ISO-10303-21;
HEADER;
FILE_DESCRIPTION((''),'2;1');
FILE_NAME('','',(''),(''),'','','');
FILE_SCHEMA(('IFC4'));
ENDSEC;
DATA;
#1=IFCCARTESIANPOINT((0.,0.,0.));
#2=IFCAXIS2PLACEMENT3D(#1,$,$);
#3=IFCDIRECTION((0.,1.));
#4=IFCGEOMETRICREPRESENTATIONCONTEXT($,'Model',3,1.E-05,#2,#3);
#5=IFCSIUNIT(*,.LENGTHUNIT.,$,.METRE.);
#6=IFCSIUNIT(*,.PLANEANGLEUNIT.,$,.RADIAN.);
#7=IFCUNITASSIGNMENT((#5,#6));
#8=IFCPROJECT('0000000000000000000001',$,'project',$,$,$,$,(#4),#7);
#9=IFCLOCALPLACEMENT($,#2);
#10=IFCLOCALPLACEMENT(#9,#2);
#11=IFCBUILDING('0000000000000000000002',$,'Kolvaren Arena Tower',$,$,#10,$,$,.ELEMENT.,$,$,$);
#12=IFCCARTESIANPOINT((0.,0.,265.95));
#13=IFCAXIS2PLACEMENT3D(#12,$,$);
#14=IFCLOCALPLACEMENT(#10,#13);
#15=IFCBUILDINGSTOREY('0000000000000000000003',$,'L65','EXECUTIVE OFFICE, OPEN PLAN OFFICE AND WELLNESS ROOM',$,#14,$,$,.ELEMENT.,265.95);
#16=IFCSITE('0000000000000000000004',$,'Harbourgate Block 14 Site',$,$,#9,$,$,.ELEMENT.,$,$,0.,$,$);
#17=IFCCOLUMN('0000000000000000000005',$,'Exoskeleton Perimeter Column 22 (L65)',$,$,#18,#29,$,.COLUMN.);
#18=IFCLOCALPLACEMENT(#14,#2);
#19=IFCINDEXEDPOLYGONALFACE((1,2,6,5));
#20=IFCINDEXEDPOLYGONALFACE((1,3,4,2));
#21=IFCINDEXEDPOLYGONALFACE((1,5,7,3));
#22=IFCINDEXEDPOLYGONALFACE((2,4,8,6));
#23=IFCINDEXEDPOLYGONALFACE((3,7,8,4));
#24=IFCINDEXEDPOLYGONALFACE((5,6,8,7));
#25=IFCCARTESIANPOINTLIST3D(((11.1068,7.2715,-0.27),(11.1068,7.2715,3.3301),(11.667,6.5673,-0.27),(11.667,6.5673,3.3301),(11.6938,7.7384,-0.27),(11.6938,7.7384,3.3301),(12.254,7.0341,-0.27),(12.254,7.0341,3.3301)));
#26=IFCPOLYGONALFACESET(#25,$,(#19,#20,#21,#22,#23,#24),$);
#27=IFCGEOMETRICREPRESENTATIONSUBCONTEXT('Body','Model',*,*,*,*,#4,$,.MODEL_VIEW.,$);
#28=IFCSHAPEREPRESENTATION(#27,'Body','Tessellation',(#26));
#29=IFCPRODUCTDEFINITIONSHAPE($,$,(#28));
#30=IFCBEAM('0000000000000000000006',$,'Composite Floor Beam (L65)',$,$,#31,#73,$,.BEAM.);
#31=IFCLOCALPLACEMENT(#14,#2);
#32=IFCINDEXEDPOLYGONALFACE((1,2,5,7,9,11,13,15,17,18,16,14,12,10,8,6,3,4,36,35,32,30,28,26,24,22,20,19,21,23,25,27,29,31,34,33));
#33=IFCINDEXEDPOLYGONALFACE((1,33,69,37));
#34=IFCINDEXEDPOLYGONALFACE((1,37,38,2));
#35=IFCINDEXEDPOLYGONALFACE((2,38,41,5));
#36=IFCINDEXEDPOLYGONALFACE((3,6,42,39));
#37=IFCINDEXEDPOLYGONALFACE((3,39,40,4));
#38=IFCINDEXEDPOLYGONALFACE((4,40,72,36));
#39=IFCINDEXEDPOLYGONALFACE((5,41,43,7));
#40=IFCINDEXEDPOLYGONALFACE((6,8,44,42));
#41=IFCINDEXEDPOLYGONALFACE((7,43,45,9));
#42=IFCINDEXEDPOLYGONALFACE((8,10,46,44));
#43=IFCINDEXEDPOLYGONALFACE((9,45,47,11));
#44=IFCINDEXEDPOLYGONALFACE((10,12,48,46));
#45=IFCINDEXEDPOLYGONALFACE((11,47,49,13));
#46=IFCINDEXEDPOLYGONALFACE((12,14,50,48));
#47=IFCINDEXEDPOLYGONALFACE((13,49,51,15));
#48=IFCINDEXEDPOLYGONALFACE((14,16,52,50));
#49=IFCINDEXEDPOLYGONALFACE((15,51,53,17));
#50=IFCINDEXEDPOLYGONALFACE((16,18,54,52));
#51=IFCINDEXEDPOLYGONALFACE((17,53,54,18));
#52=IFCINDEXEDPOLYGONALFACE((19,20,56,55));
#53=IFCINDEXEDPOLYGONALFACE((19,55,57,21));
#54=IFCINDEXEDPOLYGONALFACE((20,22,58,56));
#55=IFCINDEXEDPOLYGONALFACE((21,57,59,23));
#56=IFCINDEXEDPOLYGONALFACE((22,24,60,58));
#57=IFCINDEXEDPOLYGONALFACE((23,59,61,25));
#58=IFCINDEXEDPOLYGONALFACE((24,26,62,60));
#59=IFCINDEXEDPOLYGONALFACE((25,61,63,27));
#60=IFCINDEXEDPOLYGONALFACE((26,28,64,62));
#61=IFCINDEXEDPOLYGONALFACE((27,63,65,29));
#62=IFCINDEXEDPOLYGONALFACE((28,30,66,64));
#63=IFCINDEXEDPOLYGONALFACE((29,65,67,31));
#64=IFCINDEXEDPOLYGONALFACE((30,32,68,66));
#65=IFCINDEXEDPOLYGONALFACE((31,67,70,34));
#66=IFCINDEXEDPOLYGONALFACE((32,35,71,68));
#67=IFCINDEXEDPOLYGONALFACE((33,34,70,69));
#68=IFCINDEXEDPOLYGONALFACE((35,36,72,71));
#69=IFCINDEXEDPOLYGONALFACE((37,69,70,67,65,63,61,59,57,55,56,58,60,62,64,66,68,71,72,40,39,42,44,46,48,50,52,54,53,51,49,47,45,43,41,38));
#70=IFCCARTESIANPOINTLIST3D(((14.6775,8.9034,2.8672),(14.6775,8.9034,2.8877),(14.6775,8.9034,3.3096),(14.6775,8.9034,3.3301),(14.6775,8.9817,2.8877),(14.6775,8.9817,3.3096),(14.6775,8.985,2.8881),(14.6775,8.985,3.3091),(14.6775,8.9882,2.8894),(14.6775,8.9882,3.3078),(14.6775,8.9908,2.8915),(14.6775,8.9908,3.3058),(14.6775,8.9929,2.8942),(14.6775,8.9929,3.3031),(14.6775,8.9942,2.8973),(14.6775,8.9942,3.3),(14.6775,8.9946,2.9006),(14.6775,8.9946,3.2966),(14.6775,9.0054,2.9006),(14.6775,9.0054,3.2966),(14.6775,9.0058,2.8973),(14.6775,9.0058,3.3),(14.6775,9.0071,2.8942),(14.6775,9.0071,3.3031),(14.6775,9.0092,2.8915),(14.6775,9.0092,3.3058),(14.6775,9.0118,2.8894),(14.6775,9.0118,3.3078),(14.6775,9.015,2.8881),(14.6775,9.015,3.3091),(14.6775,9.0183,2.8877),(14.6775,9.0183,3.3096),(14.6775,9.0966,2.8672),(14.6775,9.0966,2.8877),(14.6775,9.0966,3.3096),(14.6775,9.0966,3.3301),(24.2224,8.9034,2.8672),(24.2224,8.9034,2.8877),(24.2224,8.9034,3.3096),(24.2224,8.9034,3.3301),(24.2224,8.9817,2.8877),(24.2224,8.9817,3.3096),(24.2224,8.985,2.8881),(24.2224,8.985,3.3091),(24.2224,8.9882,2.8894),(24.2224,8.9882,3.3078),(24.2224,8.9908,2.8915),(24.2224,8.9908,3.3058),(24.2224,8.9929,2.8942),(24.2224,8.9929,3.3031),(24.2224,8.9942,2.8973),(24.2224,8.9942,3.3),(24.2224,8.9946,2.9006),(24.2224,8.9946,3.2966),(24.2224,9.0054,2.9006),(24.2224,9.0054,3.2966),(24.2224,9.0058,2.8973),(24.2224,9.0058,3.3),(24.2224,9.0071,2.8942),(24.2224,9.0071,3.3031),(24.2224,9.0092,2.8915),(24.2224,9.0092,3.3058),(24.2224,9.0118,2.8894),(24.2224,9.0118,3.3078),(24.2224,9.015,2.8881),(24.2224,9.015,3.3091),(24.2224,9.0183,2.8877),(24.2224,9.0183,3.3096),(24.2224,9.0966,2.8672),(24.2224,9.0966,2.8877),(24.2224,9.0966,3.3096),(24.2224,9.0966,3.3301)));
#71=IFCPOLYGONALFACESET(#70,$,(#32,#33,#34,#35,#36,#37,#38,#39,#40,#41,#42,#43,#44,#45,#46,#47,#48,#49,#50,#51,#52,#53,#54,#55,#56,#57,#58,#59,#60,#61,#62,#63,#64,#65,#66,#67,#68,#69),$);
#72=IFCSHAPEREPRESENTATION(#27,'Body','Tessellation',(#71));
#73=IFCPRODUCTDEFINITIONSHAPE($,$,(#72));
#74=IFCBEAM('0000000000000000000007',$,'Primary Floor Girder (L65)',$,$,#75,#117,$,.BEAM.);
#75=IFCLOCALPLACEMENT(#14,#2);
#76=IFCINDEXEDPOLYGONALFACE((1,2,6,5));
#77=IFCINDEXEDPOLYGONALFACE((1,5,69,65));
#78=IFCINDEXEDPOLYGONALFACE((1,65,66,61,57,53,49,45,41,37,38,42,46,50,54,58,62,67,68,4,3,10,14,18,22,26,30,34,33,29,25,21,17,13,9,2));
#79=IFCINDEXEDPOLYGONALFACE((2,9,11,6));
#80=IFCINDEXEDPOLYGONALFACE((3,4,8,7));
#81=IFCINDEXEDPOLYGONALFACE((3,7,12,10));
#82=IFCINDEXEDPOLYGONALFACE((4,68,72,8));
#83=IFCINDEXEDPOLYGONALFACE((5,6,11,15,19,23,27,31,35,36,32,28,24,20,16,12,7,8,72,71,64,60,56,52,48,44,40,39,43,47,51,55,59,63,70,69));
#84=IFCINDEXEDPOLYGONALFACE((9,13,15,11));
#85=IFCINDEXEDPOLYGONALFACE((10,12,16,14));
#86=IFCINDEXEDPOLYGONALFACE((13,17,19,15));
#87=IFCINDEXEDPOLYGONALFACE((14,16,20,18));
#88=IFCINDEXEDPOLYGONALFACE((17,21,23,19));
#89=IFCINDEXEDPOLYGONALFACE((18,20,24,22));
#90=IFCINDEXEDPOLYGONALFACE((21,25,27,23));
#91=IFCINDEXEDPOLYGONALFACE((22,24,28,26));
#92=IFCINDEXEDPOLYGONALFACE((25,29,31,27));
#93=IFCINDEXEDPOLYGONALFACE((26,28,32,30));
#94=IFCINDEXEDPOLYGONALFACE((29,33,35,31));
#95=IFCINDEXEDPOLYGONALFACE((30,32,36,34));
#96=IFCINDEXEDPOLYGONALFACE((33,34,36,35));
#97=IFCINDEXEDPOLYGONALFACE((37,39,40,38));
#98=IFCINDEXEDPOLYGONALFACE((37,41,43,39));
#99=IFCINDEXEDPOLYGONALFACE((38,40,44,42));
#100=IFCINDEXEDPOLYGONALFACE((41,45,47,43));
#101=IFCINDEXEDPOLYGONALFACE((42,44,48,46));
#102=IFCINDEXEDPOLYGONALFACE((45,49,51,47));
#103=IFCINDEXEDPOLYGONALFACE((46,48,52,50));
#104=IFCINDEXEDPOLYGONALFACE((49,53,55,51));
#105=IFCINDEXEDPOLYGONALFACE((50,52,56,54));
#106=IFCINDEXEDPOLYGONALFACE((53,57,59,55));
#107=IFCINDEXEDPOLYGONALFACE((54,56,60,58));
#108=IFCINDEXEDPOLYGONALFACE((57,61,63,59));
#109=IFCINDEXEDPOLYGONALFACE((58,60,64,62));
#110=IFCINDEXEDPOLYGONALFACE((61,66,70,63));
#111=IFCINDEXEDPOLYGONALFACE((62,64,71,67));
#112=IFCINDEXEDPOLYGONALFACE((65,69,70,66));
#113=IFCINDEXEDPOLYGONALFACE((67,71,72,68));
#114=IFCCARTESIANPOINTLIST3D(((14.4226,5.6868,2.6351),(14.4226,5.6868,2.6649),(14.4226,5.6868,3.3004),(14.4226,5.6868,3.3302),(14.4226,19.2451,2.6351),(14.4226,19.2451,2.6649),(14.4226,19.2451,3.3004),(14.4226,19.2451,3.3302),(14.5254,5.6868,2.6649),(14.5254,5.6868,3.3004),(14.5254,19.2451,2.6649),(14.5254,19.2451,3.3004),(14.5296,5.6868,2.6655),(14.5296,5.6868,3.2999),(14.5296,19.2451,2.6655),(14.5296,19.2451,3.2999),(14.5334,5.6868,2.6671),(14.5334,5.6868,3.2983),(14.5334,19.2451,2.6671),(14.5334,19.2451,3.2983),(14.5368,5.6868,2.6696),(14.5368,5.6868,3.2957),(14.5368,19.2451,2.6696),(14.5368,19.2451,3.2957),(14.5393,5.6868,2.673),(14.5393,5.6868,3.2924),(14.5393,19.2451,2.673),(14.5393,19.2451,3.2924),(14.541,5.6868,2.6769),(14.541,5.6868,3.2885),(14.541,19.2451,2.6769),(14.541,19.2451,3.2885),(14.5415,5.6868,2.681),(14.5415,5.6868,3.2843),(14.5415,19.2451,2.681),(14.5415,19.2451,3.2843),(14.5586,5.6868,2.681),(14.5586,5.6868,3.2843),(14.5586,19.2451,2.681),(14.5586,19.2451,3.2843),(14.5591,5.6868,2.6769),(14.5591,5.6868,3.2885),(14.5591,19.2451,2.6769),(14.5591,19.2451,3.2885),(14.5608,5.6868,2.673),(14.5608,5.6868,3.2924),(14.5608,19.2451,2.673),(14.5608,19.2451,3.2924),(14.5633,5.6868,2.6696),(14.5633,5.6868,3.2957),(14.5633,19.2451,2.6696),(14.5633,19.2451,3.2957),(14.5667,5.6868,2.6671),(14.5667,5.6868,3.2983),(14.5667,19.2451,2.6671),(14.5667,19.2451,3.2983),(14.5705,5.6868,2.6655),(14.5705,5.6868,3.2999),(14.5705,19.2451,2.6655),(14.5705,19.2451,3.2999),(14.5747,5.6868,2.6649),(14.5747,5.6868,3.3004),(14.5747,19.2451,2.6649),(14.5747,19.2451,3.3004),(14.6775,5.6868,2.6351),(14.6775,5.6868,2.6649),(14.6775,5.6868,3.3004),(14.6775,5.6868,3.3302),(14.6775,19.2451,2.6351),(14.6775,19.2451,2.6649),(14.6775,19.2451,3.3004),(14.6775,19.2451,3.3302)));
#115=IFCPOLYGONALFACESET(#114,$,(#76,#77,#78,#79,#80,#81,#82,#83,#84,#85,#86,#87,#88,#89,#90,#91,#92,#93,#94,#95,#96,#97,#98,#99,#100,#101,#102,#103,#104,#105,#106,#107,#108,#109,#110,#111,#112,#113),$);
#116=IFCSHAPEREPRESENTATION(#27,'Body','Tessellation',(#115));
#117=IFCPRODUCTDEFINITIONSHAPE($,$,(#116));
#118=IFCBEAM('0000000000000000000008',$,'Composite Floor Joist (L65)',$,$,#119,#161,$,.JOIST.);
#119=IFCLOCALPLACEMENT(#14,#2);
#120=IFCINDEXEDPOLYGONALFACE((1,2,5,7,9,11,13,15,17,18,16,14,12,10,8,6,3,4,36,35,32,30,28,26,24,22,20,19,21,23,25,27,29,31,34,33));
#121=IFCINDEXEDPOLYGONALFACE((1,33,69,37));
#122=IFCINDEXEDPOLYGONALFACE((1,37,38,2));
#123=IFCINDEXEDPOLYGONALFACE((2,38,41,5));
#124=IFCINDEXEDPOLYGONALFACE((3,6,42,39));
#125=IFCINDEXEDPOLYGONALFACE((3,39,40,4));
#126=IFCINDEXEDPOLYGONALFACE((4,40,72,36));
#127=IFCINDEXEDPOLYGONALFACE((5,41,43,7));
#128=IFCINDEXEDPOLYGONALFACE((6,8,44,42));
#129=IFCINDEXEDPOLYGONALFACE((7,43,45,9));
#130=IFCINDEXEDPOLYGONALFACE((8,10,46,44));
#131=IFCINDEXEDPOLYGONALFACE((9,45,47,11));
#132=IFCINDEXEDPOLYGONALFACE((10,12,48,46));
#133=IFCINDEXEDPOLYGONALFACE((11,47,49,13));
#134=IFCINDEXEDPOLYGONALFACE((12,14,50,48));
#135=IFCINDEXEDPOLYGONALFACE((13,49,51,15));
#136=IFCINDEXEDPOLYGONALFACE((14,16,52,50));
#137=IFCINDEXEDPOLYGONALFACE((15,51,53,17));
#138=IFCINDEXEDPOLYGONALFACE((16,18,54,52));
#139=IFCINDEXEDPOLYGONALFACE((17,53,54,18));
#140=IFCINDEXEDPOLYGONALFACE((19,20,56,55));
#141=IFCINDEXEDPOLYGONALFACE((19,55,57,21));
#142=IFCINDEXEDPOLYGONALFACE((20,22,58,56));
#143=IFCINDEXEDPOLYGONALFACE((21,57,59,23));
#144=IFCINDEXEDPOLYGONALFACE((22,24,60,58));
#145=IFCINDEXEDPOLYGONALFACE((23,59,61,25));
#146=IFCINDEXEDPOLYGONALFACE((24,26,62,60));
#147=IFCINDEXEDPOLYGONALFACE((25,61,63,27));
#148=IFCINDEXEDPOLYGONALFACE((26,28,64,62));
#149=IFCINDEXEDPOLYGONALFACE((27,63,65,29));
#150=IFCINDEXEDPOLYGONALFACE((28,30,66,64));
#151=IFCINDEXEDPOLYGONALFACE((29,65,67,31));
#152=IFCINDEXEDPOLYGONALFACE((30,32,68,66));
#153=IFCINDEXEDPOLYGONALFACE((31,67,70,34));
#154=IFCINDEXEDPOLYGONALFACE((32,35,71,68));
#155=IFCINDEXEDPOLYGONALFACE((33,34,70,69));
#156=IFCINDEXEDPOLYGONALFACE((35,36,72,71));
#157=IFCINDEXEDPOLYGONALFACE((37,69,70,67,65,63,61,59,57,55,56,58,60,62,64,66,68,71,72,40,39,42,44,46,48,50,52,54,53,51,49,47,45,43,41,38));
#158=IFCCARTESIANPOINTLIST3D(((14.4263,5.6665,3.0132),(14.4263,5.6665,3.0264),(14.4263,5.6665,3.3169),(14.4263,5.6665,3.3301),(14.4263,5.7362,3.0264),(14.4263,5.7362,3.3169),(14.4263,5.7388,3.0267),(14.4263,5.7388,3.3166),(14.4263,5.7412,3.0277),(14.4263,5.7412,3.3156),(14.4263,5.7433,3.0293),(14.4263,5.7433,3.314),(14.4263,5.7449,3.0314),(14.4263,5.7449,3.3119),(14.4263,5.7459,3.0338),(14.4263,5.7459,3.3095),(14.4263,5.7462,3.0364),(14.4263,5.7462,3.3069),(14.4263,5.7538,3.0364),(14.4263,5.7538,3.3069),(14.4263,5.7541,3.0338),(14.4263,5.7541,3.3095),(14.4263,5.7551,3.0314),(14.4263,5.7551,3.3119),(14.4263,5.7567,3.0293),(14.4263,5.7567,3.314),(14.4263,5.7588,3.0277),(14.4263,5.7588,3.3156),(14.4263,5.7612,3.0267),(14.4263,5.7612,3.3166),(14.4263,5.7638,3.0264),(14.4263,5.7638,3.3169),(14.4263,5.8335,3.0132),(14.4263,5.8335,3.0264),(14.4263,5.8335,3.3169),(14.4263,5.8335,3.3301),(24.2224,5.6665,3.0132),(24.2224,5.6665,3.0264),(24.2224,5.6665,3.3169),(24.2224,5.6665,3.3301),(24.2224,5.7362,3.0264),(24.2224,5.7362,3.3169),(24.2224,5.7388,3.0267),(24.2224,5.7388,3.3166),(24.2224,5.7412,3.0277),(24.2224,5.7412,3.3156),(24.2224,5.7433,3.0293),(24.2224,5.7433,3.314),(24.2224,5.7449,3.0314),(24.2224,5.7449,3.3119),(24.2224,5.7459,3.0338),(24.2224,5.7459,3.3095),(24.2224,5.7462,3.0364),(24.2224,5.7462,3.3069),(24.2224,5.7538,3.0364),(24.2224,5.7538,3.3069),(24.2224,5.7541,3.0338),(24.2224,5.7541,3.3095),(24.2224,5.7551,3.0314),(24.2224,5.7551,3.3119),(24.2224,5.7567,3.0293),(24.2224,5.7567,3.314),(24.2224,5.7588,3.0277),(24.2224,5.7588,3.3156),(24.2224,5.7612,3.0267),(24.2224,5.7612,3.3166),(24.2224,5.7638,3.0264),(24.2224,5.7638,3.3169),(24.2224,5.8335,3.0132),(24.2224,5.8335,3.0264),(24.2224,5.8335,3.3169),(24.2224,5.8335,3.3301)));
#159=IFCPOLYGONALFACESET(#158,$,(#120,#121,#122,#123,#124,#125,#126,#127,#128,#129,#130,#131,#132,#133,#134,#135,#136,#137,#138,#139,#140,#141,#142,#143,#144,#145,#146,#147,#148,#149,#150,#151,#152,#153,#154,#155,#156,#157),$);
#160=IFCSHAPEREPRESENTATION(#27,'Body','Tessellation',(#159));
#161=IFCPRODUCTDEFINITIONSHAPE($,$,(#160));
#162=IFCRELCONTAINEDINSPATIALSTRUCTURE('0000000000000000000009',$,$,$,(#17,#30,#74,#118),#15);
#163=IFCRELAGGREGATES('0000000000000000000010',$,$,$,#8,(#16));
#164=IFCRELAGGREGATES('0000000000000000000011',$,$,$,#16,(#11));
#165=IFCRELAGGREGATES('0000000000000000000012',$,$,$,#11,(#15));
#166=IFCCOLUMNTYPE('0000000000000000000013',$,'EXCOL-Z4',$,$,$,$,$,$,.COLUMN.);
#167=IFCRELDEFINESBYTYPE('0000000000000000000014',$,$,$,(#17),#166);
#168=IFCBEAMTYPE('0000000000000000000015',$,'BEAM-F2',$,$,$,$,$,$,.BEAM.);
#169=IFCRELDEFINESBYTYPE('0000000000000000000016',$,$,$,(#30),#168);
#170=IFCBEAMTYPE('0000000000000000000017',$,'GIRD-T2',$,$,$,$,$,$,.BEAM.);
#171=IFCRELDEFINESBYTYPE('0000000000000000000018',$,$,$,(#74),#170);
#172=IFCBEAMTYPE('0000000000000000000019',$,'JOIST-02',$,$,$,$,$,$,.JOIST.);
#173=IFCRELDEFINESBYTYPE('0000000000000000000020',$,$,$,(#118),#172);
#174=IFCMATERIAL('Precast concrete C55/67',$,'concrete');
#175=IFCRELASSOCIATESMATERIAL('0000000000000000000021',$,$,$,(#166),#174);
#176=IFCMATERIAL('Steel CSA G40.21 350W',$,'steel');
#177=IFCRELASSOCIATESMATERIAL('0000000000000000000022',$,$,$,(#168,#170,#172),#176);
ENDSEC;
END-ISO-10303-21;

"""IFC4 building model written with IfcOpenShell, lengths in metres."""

from ifc_helpers import new_model, si_unit, direction, frame, origin, origin_2d, place, context, subcontext, project, spatial, rectangle, i_section, extrude, material, material_profile, profile_set, type_object, element, save


model = new_model("IFC4")

# Units and contexts
model_context = context("Model", 3, precision=1e-05, world=origin(), true_north=direction((0.0, 1.0)))
body_context = subcontext(model_context, "Body", "Model", "MODEL_VIEW")
ifc_project = project(units=[si_unit("LENGTHUNIT", "METRE"), si_unit("PLANEANGLEUNIT", "RADIAN")], contexts=[model_context])

# Site, building, storey
site_placement = place(None, origin())
site = spatial("IfcSite", under=ifc_project, at=site_placement, Name="Harbourgate Block 14 Site", CompositionType="ELEMENT", RefElevation=0.0)
building_placement = place(site_placement, origin())
building = spatial("IfcBuilding", under=site, at=building_placement, Name="Kolvaren Arena Tower", CompositionType="ELEMENT")
storey_placement = place(building_placement, frame((0.0, 0.0, 265.95)))
storey = spatial("IfcBuildingStorey", under=building, at=storey_placement, Name="L65", Description="EXECUTIVE OFFICE, OPEN PLAN OFFICE AND WELLNESS ROOM", CompositionType="ELEMENT", Elevation=265.95)

# Column
ifc_material_1 = material(Name="Precast concrete C55/67", Category="concrete")
ifc_material_profile_1 = material_profile(ifc_material_1, rectangle(XDim=0.8999, YDim=0.75, at=origin_2d()), Name="RC-900x750")
ifc_profile_set_1 = profile_set([ifc_material_profile_1], Name="Precast concrete C55/67")
column_type = type_object("IfcColumnType", Name="EXCOL-Z4", PredefinedType="COLUMN", material=ifc_profile_set_1)
column_placement = place(storey_placement, frame((11.6804, 7.1528, -0.27), z_axis=(0.0, 0.0, 1.0), x_axis=(-0.622515, 0.782608, 0.0)))
element("IfcColumn", 1, at=column_placement, inside=storey, type_object=column_type, Name="Exoskeleton Perimeter Column 22 (L65)", PredefinedType="COLUMN", context=body_context, shape_type="SweptSolid", body=[
    extrude(rectangle(XDim=0.8999, YDim=0.75, at=origin_2d()), origin(), (0.0, 0.0, 1.0), 3.6001),
])

# Beams
ifc_material_2 = material(Name="Steel CSA G40.21 350W", Category="steel")
ifc_material_profile_2 = material_profile(ifc_material_2, i_section(OverallWidth=0.1931, OverallDepth=0.4629, WebThickness=0.0107, FlangeThickness=0.0205, FilletRadius=0.0129, at=origin_2d()), Name="W460x113")
ifc_profile_set_2 = profile_set([ifc_material_profile_2], Name="Steel CSA G40.21 350W")
beam_type_1 = type_object("IfcBeamType", Name="BEAM-F2", PredefinedType="BEAM", material=ifc_profile_set_2)
beam_1_placement = place(storey_placement, frame((14.6775, 9.0, 3.0986), z_axis=(1.0, 0.0, 0.0), x_axis=(0.0, 1.0, 0.0)))
element("IfcBeam", 2, at=beam_1_placement, inside=storey, type_object=beam_type_1, Name="Composite Floor Beam (L65)", PredefinedType="BEAM", context=body_context, shape_type="SweptSolid", body=[
    extrude(i_section(OverallWidth=0.1931, OverallDepth=0.4629, WebThickness=0.0107, FlangeThickness=0.0205, FilletRadius=0.0129, at=origin_2d()), origin(), (0.0, 0.0, 1.0), 9.5449),
])
ifc_material_profile_3 = material_profile(ifc_material_2, i_section(OverallWidth=0.2549, OverallDepth=0.6951, WebThickness=0.0171, FlangeThickness=0.0298, FilletRadius=0.0161, at=origin_2d()), Name="W690x217")
ifc_profile_set_3 = profile_set([ifc_material_profile_3], Name="Steel CSA G40.21 350W")
beam_type_2 = type_object("IfcBeamType", Name="GIRD-T2", PredefinedType="BEAM", material=ifc_profile_set_3)
beam_2_placement = place(storey_placement, frame((14.55, 5.6868, 2.9827), z_axis=(0.0, 1.0, 0.0), x_axis=(-1.0, 0.0, 0.0)))
element("IfcBeam", 3, at=beam_2_placement, inside=storey, type_object=beam_type_2, Name="Primary Floor Girder (L65)", PredefinedType="BEAM", context=body_context, shape_type="SweptSolid", body=[
    extrude(i_section(OverallWidth=0.2549, OverallDepth=0.6951, WebThickness=0.0171, FlangeThickness=0.0298, FilletRadius=0.0161, at=origin_2d()), origin(), (0.0, 0.0, 1.0), 13.5583),
])
ifc_material_profile_4 = material_profile(ifc_material_2, i_section(OverallWidth=0.167, OverallDepth=0.3169, WebThickness=0.0076, FlangeThickness=0.0132, FilletRadius=0.01, at=origin_2d()), Name="W310x52")
ifc_profile_set_4 = profile_set([ifc_material_profile_4], Name="Steel CSA G40.21 350W")
beam_type_3 = type_object("IfcBeamType", Name="JOIST-02", PredefinedType="JOIST", material=ifc_profile_set_4)
beam_3_placement = place(storey_placement, frame((14.4263, 5.75, 3.1716), z_axis=(1.0, 0.0, 0.0), x_axis=(0.0, 1.0, 0.0)))
element("IfcBeam", 4, at=beam_3_placement, inside=storey, type_object=beam_type_3, Name="Composite Floor Joist (L65)", PredefinedType="JOIST", context=body_context, shape_type="SweptSolid", body=[
    extrude(i_section(OverallWidth=0.167, OverallDepth=0.3169, WebThickness=0.0076, FlangeThickness=0.0132, FilletRadius=0.01, at=origin_2d()), origin(), (0.0, 0.0, 1.0), 9.7961),
])

save(model, "model.ifc")
